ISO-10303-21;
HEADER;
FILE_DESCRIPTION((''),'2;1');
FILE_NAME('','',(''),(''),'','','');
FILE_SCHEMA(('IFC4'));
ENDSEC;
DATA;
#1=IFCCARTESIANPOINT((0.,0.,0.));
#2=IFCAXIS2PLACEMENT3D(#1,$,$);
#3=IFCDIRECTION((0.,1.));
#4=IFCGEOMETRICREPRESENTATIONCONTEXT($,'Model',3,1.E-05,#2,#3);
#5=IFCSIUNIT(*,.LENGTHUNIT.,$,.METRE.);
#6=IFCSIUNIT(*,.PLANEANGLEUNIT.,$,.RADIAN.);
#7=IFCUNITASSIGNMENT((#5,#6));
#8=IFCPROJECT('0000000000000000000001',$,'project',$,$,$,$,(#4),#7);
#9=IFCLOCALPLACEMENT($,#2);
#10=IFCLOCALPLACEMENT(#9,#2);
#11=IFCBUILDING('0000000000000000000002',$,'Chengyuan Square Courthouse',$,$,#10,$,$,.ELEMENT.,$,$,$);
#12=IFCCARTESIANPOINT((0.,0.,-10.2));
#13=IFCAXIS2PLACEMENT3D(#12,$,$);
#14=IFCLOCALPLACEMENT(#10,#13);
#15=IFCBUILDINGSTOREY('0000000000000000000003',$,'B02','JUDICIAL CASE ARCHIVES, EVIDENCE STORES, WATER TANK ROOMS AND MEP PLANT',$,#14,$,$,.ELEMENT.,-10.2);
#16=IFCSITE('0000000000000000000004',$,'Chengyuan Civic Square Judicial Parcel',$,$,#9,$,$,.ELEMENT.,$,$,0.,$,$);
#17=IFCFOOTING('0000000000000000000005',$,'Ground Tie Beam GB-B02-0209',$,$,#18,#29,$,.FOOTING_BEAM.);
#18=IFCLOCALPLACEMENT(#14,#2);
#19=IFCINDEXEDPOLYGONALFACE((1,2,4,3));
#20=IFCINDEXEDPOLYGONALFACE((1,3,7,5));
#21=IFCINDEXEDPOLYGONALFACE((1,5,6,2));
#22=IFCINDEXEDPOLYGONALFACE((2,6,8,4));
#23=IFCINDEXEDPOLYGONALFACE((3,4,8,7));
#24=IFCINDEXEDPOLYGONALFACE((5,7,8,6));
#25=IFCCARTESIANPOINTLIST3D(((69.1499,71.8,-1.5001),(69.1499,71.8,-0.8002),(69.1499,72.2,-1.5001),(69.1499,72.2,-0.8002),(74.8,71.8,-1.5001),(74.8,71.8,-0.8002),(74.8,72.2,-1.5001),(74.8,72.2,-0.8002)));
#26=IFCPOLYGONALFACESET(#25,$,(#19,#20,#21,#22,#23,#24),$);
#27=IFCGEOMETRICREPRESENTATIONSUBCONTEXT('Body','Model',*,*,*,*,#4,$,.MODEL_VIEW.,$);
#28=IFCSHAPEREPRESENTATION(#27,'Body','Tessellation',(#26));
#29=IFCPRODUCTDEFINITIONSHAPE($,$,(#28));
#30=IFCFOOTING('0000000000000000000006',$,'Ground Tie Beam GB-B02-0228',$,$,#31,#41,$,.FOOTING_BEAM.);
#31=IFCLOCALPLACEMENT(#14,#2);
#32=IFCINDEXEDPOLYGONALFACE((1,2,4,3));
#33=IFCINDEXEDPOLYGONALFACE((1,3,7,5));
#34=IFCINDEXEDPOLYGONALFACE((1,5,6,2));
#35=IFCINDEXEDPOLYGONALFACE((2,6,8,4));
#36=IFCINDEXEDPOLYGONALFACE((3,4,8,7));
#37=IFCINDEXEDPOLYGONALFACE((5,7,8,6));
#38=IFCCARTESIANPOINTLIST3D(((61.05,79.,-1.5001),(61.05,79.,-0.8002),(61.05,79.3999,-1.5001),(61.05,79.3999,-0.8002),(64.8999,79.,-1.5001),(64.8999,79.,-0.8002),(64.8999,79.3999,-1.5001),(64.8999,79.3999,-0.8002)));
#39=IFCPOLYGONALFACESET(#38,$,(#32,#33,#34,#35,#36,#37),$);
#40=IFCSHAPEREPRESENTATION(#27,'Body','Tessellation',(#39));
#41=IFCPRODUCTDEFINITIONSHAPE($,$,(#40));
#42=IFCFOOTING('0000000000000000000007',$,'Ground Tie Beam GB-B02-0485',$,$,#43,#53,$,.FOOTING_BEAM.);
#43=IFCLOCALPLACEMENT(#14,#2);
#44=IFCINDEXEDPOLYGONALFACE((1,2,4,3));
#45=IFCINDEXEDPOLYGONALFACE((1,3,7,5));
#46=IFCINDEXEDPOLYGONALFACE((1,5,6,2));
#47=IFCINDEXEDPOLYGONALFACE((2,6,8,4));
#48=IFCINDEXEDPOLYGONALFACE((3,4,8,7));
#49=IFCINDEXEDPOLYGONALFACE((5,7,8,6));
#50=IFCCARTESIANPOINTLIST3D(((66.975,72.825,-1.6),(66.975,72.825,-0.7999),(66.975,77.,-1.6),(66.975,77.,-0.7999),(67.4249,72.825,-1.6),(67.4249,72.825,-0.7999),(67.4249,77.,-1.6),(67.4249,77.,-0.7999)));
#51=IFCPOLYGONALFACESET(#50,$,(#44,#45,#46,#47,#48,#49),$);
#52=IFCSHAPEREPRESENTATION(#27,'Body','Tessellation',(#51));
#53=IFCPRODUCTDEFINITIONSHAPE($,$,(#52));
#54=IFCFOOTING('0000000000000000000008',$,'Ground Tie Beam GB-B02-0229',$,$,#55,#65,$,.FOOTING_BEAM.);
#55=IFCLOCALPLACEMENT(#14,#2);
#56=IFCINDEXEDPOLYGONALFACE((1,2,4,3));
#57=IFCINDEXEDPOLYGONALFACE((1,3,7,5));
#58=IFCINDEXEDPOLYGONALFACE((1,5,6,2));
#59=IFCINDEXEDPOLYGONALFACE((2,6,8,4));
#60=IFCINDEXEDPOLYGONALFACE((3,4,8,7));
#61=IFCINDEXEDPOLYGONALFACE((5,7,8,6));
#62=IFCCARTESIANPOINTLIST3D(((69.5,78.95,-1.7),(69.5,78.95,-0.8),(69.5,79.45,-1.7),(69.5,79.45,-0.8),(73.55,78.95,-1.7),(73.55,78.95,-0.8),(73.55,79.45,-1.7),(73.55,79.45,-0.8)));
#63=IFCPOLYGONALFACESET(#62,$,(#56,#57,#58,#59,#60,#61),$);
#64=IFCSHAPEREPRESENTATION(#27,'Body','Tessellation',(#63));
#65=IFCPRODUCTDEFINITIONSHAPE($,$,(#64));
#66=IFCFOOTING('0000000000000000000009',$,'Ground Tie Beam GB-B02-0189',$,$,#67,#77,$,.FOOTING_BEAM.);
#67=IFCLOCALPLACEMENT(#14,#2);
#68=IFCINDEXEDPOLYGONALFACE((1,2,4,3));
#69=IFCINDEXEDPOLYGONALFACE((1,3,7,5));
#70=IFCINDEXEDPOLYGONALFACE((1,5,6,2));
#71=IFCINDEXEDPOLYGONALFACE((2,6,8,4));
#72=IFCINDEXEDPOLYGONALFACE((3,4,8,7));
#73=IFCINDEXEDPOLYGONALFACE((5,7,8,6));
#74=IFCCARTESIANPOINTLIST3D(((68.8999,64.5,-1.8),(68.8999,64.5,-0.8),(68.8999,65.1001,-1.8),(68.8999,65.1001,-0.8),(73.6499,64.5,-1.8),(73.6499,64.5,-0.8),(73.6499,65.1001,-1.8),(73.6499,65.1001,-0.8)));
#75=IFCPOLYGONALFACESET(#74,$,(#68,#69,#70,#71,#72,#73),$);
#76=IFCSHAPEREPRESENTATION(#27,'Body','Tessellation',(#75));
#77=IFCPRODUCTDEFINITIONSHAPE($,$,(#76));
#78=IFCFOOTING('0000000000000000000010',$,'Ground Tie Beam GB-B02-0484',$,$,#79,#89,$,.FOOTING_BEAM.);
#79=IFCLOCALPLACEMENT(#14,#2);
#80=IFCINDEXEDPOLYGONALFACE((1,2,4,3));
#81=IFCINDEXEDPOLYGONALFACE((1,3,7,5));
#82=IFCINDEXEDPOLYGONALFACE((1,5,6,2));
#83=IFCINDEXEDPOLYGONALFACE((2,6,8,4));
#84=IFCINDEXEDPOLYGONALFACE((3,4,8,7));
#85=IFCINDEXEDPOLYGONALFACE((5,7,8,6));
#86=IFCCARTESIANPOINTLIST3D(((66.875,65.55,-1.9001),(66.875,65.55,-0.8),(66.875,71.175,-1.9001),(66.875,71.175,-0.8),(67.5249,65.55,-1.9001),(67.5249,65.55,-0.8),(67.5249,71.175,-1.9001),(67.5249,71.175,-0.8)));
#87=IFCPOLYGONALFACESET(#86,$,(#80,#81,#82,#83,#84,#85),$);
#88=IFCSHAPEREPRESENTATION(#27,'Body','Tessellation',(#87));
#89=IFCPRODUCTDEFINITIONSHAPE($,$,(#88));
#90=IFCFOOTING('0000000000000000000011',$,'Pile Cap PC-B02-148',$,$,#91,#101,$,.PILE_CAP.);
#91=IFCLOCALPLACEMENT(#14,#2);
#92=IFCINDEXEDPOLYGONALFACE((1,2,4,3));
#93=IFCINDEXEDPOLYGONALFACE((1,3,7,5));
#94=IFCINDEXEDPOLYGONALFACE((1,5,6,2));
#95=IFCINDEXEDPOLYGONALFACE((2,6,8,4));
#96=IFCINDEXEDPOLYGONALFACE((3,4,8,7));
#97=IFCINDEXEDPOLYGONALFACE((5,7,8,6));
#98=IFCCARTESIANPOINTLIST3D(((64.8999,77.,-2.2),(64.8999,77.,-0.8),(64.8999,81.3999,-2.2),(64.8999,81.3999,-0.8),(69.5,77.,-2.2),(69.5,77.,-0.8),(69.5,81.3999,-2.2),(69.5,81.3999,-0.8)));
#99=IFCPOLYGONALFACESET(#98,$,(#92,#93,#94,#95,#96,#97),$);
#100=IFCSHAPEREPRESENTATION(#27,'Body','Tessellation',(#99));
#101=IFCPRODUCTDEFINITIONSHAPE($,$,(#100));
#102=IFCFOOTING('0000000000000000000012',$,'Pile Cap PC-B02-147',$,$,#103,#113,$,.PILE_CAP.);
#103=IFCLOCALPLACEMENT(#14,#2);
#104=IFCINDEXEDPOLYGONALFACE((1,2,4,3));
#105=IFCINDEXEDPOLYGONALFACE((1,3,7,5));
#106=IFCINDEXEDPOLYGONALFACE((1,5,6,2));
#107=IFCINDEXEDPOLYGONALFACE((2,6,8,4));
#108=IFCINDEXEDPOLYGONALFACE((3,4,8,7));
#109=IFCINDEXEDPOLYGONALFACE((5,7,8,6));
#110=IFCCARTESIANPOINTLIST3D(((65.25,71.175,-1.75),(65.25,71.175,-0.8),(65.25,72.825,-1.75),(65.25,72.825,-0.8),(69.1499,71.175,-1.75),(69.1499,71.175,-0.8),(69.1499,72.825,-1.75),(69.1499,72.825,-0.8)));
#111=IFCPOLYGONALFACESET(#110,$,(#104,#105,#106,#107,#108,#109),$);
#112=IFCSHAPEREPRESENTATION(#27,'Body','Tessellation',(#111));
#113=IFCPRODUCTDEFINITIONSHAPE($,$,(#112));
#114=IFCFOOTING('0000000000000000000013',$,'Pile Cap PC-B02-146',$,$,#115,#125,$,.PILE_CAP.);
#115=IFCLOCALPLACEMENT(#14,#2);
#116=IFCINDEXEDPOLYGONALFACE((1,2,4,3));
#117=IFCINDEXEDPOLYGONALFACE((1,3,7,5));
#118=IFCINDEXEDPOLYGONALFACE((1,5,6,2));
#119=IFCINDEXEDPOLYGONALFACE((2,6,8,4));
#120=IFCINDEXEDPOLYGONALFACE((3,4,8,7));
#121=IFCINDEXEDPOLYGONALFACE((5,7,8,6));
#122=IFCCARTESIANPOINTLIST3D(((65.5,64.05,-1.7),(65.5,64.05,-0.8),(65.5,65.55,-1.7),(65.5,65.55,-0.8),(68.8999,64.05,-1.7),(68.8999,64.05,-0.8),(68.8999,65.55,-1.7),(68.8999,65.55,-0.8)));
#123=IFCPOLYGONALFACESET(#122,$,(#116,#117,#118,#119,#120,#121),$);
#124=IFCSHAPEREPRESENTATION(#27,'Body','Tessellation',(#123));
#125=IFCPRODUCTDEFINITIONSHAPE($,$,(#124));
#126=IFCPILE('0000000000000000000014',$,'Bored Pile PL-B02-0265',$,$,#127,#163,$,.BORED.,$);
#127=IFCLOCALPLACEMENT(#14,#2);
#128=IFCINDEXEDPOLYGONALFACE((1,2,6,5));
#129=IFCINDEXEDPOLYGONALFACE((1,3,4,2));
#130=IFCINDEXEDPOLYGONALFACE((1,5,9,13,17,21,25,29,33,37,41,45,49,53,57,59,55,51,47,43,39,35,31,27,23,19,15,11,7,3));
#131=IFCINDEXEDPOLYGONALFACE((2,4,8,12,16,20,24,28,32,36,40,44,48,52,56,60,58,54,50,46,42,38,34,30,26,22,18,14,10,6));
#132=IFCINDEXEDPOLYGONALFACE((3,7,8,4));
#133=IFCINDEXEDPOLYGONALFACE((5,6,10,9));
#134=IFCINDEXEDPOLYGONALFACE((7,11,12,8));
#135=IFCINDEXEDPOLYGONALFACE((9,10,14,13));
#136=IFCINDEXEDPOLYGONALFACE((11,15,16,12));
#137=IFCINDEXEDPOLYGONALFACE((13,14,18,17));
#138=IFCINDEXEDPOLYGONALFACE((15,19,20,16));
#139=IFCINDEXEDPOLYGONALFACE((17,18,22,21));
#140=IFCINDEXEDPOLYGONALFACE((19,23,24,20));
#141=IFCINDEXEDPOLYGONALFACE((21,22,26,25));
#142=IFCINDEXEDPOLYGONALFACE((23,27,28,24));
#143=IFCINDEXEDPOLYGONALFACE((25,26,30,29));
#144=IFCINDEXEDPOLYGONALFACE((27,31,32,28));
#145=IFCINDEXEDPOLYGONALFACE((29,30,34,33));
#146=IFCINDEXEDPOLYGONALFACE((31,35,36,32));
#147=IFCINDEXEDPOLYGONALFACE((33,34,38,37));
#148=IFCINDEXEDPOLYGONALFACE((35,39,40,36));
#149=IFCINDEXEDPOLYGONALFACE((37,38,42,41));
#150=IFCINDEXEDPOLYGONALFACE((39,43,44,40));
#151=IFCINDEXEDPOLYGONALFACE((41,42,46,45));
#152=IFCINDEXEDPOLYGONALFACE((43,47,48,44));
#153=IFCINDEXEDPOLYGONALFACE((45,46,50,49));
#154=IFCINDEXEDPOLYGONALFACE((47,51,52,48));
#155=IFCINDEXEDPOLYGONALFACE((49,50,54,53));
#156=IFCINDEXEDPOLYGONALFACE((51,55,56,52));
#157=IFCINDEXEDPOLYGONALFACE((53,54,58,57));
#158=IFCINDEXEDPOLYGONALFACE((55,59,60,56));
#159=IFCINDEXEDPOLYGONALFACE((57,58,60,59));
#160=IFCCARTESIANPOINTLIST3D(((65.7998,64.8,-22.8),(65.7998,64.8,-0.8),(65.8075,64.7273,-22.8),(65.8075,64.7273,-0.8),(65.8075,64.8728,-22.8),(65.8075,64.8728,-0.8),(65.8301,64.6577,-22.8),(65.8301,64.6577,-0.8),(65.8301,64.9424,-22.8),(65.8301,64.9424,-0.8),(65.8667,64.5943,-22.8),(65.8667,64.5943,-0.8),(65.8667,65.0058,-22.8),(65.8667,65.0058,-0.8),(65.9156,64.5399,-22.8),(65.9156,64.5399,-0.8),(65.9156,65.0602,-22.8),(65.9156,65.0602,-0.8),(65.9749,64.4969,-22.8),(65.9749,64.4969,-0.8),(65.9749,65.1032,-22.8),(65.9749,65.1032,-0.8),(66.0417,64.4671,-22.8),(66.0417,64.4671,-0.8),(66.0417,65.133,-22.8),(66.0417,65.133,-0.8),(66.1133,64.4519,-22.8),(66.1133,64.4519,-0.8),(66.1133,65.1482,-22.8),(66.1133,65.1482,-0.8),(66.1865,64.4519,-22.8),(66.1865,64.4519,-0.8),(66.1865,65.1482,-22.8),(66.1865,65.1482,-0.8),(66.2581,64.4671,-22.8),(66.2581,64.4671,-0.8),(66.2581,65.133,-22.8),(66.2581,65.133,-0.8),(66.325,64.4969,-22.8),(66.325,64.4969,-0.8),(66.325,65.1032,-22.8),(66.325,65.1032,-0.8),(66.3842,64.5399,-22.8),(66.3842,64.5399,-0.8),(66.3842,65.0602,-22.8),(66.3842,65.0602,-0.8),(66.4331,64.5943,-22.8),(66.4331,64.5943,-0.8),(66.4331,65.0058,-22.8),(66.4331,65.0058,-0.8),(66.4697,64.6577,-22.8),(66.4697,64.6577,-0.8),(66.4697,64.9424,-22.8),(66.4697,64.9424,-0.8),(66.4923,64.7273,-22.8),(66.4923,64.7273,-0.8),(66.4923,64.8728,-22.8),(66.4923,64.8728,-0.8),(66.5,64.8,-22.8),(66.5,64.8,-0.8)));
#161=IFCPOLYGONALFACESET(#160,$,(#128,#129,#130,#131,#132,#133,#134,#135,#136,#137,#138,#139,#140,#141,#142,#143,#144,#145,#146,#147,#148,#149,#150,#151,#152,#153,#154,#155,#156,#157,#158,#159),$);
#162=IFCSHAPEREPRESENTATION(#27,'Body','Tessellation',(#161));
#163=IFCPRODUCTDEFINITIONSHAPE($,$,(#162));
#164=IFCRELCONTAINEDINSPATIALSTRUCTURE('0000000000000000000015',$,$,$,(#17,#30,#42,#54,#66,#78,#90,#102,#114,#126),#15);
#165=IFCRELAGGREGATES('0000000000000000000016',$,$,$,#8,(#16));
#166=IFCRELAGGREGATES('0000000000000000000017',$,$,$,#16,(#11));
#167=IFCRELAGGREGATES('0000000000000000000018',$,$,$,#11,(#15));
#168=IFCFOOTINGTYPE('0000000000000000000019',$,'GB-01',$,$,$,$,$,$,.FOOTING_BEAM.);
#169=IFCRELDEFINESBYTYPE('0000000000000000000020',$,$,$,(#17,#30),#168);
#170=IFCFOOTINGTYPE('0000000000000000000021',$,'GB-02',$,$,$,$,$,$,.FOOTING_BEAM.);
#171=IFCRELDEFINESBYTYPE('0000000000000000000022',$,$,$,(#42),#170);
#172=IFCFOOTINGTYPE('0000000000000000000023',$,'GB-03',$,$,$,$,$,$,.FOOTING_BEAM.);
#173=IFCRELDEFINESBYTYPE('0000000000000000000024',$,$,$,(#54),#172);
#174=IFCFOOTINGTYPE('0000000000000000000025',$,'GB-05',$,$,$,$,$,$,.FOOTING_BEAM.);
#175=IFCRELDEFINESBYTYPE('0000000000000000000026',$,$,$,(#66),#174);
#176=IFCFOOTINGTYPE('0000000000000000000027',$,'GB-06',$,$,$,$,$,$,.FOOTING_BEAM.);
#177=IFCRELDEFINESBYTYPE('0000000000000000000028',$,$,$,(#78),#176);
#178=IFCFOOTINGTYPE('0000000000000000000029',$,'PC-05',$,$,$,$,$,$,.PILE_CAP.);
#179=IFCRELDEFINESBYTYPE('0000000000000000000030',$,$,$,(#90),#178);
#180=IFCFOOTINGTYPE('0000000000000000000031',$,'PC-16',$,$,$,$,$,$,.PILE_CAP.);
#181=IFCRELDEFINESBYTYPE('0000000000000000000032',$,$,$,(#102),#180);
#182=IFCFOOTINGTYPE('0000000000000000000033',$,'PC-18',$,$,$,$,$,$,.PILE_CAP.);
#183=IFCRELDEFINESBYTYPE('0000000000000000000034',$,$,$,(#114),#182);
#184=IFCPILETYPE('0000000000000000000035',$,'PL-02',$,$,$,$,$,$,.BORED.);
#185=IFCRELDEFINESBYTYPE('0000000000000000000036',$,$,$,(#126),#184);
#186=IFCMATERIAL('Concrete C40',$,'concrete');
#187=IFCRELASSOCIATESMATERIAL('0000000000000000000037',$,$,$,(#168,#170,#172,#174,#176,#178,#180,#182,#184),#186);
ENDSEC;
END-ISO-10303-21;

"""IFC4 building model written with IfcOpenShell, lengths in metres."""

from ifc_helpers import new_model, si_unit, direction, frame, origin, origin_2d, place, context, subcontext, project, spatial, rectangle, circle, extrude, material, material_profile, profile_set, type_object, element, save


model = new_model("IFC4")

# Units and contexts
model_context = context("Model", 3, precision=1e-05, world=origin(), true_north=direction((0.0, 1.0)))
body_context = subcontext(model_context, "Body", "Model", "MODEL_VIEW")
ifc_project = project(units=[si_unit("LENGTHUNIT", "METRE"), si_unit("PLANEANGLEUNIT", "RADIAN")], contexts=[model_context])

# Site, building, storey
site_placement = place(None, origin())
site = spatial("IfcSite", under=ifc_project, at=site_placement, Name="Chengyuan Civic Square Judicial Parcel", CompositionType="ELEMENT", RefElevation=0.0)
building_placement = place(site_placement, origin())
building = spatial("IfcBuilding", under=site, at=building_placement, Name="Chengyuan Square Courthouse", CompositionType="ELEMENT")
storey_placement = place(building_placement, frame((0.0, 0.0, -10.2)))
storey = spatial("IfcBuildingStorey", under=building, at=storey_placement, Name="B02", Description="JUDICIAL CASE ARCHIVES, EVIDENCE STORES, WATER TANK ROOMS AND MEP PLANT", CompositionType="ELEMENT", Elevation=-10.2)

# Footings
ifc_material_1 = material(Name="Concrete C40", Category="concrete")
ifc_material_profile_1 = material_profile(ifc_material_1, rectangle(XDim=0.3999, YDim=0.7, at=origin_2d()), Name="GB-400x700")
ifc_profile_set_1 = profile_set([ifc_material_profile_1], Name="Concrete C40")
footing_type_1 = type_object("IfcFootingType", Name="GB-01", PredefinedType="FOOTING_BEAM", material=ifc_profile_set_1)
footing_1_placement = place(storey_placement, frame((69.1499, 72.0, -1.1501), z_axis=(1.0, 0.0, 0.0), x_axis=(0.0, 1.0, 0.0)))
element("IfcFooting", 1, at=footing_1_placement, inside=storey, type_object=footing_type_1, Name="Ground Tie Beam GB-B02-0209", PredefinedType="FOOTING_BEAM", context=body_context, shape_type="SweptSolid", body=[
    extrude(rectangle(XDim=0.3999, YDim=0.7, at=origin_2d()), origin(), (0.0, 0.0, 1.0), 5.6501),
])
footing_2_placement = place(storey_placement, frame((61.05, 79.2, -1.1501), z_axis=(1.0, 0.0, 0.0), x_axis=(0.0, 1.0, 0.0)))
element("IfcFooting", 2, at=footing_2_placement, inside=storey, type_object=footing_type_1, Name="Ground Tie Beam GB-B02-0228", PredefinedType="FOOTING_BEAM", context=body_context, shape_type="SweptSolid", body=[
    extrude(rectangle(XDim=0.3999, YDim=0.7, at=origin_2d()), origin(), (0.0, 0.0, 1.0), 3.8499),
])
ifc_material_profile_2 = material_profile(ifc_material_1, rectangle(XDim=0.45, YDim=0.8, at=origin_2d()), Name="GB-450x800")
ifc_profile_set_2 = profile_set([ifc_material_profile_2], Name="Concrete C40")
footing_type_2 = type_object("IfcFootingType", Name="GB-02", PredefinedType="FOOTING_BEAM", material=ifc_profile_set_2)
footing_3_placement = place(storey_placement, frame((67.2, 72.825, -1.2), z_axis=(0.0, 1.0, 0.0), x_axis=(-1.0, 0.0, 0.0)))
element("IfcFooting", 3, at=footing_3_placement, inside=storey, type_object=footing_type_2, Name="Ground Tie Beam GB-B02-0485", PredefinedType="FOOTING_BEAM", context=body_context, shape_type="SweptSolid", body=[
    extrude(rectangle(XDim=0.45, YDim=0.8, at=origin_2d()), origin(), (0.0, 0.0, 1.0), 4.175),
])
ifc_material_profile_3 = material_profile(ifc_material_1, rectangle(XDim=0.5, YDim=0.8999, at=origin_2d()), Name="GB-500x900")
ifc_profile_set_3 = profile_set([ifc_material_profile_3], Name="Concrete C40")
footing_type_3 = type_object("IfcFootingType", Name="GB-03", PredefinedType="FOOTING_BEAM", material=ifc_profile_set_3)
footing_4_placement = place(storey_placement, frame((69.5, 79.2, -1.25), z_axis=(1.0, 0.0, 0.0), x_axis=(0.0, 1.0, 0.0)))
element("IfcFooting", 4, at=footing_4_placement, inside=storey, type_object=footing_type_3, Name="Ground Tie Beam GB-B02-0229", PredefinedType="FOOTING_BEAM", context=body_context, shape_type="SweptSolid", body=[
    extrude(rectangle(XDim=0.5, YDim=0.8999, at=origin_2d()), origin(), (0.0, 0.0, 1.0), 4.05),
])
ifc_material_profile_4 = material_profile(ifc_material_1, rectangle(XDim=0.6001, YDim=1.0, at=origin_2d()), Name="GB-600x1000")
ifc_profile_set_4 = profile_set([ifc_material_profile_4], Name="Concrete C40")
footing_type_4 = type_object("IfcFootingType", Name="GB-05", PredefinedType="FOOTING_BEAM", material=ifc_profile_set_4)
footing_5_placement = place(storey_placement, frame((68.8999, 64.8, -1.3), z_axis=(1.0, 0.0, 0.0), x_axis=(0.0, 1.0, 0.0)))
element("IfcFooting", 5, at=footing_5_placement, inside=storey, type_object=footing_type_4, Name="Ground Tie Beam GB-B02-0189", PredefinedType="FOOTING_BEAM", context=body_context, shape_type="SweptSolid", body=[
    extrude(rectangle(XDim=0.6001, YDim=1.0, at=origin_2d()), origin(), (0.0, 0.0, 1.0), 4.75),
])
ifc_material_profile_5 = material_profile(ifc_material_1, rectangle(XDim=0.6499, YDim=1.1001, at=origin_2d()), Name="GB-650x1100")
ifc_profile_set_5 = profile_set([ifc_material_profile_5], Name="Concrete C40")
footing_type_5 = type_object("IfcFootingType", Name="GB-06", PredefinedType="FOOTING_BEAM", material=ifc_profile_set_5)
footing_6_placement = place(storey_placement, frame((67.2, 65.55, -1.3501), z_axis=(0.0, 1.0, 0.0), x_axis=(-1.0, 0.0, 0.0)))
element("IfcFooting", 6, at=footing_6_placement, inside=storey, type_object=footing_type_5, Name="Ground Tie Beam GB-B02-0484", PredefinedType="FOOTING_BEAM", context=body_context, shape_type="SweptSolid", body=[
    extrude(rectangle(XDim=0.6499, YDim=1.1001, at=origin_2d()), origin(), (0.0, 0.0, 1.0), 5.625),
])
footing_type_6 = type_object("IfcFootingType", Name="PC-05", PredefinedType="PILE_CAP", material=ifc_material_1)
footing_7_placement = place(storey_placement, frame((67.2, 79.2, -2.2), z_axis=(0.0, 0.0, 1.0), x_axis=(1.0, 0.0, 0.0)))
element("IfcFooting", 7, at=footing_7_placement, inside=storey, type_object=footing_type_6, Name="Pile Cap PC-B02-148", PredefinedType="PILE_CAP", context=body_context, shape_type="SweptSolid", body=[
    extrude(rectangle(XDim=4.6001, YDim=4.3999, at=origin_2d()), origin(), (0.0, 0.0, 1.0), 1.3999),
])
footing_type_7 = type_object("IfcFootingType", Name="PC-16", PredefinedType="PILE_CAP", material=ifc_material_1)
footing_8_placement = place(storey_placement, frame((67.2, 72.0, -1.75), z_axis=(0.0, 0.0, 1.0), x_axis=(1.0, 0.0, 0.0)))
element("IfcFooting", 8, at=footing_8_placement, inside=storey, type_object=footing_type_7, Name="Pile Cap PC-B02-147", PredefinedType="PILE_CAP", context=body_context, shape_type="SweptSolid", body=[
    extrude(rectangle(XDim=3.8999, YDim=1.6499, at=origin_2d()), origin(), (0.0, 0.0, 1.0), 0.95),
])
footing_type_8 = type_object("IfcFootingType", Name="PC-18", PredefinedType="PILE_CAP", material=ifc_material_1)
footing_9_placement = place(storey_placement, frame((67.2, 64.8, -1.7), z_axis=(0.0, 0.0, 1.0), x_axis=(1.0, 0.0, 0.0)))
element("IfcFooting", 9, at=footing_9_placement, inside=storey, type_object=footing_type_8, Name="Pile Cap PC-B02-146", PredefinedType="PILE_CAP", context=body_context, shape_type="SweptSolid", body=[
    extrude(rectangle(XDim=3.3999, YDim=1.5, at=origin_2d()), origin(), (0.0, 0.0, 1.0), 0.8999),
])

# Pile
ifc_material_profile_6 = material_profile(ifc_material_1, circle(Radius=0.3501, at=origin_2d()), Name="BORED PILE D700")
ifc_profile_set_6 = profile_set([ifc_material_profile_6], Name="Concrete C40")
pile_type_1 = type_object("IfcPileType", Name="PL-02", PredefinedType="BORED", material=ifc_profile_set_6)
for number, where, z_axis, x_axis, name in (
    (10, (66.1499, 64.8, -0.8), (0.0, 0.0, -1.0), (1.0, 0.0, 0.0), "Bored Pile PL-B02-0265"),
):
    element("IfcPile", number, at=place(storey_placement, frame(where, z_axis=z_axis, x_axis=x_axis)), inside=storey, type_object=pile_type_1, Name=name, PredefinedType="BORED", context=body_context, shape_type="SweptSolid", body=[
        extrude(circle(Radius=0.3501, at=origin_2d()), origin(), (0.0, 0.0, 1.0), 22.0),
    ])

save(model, "model.ifc")
